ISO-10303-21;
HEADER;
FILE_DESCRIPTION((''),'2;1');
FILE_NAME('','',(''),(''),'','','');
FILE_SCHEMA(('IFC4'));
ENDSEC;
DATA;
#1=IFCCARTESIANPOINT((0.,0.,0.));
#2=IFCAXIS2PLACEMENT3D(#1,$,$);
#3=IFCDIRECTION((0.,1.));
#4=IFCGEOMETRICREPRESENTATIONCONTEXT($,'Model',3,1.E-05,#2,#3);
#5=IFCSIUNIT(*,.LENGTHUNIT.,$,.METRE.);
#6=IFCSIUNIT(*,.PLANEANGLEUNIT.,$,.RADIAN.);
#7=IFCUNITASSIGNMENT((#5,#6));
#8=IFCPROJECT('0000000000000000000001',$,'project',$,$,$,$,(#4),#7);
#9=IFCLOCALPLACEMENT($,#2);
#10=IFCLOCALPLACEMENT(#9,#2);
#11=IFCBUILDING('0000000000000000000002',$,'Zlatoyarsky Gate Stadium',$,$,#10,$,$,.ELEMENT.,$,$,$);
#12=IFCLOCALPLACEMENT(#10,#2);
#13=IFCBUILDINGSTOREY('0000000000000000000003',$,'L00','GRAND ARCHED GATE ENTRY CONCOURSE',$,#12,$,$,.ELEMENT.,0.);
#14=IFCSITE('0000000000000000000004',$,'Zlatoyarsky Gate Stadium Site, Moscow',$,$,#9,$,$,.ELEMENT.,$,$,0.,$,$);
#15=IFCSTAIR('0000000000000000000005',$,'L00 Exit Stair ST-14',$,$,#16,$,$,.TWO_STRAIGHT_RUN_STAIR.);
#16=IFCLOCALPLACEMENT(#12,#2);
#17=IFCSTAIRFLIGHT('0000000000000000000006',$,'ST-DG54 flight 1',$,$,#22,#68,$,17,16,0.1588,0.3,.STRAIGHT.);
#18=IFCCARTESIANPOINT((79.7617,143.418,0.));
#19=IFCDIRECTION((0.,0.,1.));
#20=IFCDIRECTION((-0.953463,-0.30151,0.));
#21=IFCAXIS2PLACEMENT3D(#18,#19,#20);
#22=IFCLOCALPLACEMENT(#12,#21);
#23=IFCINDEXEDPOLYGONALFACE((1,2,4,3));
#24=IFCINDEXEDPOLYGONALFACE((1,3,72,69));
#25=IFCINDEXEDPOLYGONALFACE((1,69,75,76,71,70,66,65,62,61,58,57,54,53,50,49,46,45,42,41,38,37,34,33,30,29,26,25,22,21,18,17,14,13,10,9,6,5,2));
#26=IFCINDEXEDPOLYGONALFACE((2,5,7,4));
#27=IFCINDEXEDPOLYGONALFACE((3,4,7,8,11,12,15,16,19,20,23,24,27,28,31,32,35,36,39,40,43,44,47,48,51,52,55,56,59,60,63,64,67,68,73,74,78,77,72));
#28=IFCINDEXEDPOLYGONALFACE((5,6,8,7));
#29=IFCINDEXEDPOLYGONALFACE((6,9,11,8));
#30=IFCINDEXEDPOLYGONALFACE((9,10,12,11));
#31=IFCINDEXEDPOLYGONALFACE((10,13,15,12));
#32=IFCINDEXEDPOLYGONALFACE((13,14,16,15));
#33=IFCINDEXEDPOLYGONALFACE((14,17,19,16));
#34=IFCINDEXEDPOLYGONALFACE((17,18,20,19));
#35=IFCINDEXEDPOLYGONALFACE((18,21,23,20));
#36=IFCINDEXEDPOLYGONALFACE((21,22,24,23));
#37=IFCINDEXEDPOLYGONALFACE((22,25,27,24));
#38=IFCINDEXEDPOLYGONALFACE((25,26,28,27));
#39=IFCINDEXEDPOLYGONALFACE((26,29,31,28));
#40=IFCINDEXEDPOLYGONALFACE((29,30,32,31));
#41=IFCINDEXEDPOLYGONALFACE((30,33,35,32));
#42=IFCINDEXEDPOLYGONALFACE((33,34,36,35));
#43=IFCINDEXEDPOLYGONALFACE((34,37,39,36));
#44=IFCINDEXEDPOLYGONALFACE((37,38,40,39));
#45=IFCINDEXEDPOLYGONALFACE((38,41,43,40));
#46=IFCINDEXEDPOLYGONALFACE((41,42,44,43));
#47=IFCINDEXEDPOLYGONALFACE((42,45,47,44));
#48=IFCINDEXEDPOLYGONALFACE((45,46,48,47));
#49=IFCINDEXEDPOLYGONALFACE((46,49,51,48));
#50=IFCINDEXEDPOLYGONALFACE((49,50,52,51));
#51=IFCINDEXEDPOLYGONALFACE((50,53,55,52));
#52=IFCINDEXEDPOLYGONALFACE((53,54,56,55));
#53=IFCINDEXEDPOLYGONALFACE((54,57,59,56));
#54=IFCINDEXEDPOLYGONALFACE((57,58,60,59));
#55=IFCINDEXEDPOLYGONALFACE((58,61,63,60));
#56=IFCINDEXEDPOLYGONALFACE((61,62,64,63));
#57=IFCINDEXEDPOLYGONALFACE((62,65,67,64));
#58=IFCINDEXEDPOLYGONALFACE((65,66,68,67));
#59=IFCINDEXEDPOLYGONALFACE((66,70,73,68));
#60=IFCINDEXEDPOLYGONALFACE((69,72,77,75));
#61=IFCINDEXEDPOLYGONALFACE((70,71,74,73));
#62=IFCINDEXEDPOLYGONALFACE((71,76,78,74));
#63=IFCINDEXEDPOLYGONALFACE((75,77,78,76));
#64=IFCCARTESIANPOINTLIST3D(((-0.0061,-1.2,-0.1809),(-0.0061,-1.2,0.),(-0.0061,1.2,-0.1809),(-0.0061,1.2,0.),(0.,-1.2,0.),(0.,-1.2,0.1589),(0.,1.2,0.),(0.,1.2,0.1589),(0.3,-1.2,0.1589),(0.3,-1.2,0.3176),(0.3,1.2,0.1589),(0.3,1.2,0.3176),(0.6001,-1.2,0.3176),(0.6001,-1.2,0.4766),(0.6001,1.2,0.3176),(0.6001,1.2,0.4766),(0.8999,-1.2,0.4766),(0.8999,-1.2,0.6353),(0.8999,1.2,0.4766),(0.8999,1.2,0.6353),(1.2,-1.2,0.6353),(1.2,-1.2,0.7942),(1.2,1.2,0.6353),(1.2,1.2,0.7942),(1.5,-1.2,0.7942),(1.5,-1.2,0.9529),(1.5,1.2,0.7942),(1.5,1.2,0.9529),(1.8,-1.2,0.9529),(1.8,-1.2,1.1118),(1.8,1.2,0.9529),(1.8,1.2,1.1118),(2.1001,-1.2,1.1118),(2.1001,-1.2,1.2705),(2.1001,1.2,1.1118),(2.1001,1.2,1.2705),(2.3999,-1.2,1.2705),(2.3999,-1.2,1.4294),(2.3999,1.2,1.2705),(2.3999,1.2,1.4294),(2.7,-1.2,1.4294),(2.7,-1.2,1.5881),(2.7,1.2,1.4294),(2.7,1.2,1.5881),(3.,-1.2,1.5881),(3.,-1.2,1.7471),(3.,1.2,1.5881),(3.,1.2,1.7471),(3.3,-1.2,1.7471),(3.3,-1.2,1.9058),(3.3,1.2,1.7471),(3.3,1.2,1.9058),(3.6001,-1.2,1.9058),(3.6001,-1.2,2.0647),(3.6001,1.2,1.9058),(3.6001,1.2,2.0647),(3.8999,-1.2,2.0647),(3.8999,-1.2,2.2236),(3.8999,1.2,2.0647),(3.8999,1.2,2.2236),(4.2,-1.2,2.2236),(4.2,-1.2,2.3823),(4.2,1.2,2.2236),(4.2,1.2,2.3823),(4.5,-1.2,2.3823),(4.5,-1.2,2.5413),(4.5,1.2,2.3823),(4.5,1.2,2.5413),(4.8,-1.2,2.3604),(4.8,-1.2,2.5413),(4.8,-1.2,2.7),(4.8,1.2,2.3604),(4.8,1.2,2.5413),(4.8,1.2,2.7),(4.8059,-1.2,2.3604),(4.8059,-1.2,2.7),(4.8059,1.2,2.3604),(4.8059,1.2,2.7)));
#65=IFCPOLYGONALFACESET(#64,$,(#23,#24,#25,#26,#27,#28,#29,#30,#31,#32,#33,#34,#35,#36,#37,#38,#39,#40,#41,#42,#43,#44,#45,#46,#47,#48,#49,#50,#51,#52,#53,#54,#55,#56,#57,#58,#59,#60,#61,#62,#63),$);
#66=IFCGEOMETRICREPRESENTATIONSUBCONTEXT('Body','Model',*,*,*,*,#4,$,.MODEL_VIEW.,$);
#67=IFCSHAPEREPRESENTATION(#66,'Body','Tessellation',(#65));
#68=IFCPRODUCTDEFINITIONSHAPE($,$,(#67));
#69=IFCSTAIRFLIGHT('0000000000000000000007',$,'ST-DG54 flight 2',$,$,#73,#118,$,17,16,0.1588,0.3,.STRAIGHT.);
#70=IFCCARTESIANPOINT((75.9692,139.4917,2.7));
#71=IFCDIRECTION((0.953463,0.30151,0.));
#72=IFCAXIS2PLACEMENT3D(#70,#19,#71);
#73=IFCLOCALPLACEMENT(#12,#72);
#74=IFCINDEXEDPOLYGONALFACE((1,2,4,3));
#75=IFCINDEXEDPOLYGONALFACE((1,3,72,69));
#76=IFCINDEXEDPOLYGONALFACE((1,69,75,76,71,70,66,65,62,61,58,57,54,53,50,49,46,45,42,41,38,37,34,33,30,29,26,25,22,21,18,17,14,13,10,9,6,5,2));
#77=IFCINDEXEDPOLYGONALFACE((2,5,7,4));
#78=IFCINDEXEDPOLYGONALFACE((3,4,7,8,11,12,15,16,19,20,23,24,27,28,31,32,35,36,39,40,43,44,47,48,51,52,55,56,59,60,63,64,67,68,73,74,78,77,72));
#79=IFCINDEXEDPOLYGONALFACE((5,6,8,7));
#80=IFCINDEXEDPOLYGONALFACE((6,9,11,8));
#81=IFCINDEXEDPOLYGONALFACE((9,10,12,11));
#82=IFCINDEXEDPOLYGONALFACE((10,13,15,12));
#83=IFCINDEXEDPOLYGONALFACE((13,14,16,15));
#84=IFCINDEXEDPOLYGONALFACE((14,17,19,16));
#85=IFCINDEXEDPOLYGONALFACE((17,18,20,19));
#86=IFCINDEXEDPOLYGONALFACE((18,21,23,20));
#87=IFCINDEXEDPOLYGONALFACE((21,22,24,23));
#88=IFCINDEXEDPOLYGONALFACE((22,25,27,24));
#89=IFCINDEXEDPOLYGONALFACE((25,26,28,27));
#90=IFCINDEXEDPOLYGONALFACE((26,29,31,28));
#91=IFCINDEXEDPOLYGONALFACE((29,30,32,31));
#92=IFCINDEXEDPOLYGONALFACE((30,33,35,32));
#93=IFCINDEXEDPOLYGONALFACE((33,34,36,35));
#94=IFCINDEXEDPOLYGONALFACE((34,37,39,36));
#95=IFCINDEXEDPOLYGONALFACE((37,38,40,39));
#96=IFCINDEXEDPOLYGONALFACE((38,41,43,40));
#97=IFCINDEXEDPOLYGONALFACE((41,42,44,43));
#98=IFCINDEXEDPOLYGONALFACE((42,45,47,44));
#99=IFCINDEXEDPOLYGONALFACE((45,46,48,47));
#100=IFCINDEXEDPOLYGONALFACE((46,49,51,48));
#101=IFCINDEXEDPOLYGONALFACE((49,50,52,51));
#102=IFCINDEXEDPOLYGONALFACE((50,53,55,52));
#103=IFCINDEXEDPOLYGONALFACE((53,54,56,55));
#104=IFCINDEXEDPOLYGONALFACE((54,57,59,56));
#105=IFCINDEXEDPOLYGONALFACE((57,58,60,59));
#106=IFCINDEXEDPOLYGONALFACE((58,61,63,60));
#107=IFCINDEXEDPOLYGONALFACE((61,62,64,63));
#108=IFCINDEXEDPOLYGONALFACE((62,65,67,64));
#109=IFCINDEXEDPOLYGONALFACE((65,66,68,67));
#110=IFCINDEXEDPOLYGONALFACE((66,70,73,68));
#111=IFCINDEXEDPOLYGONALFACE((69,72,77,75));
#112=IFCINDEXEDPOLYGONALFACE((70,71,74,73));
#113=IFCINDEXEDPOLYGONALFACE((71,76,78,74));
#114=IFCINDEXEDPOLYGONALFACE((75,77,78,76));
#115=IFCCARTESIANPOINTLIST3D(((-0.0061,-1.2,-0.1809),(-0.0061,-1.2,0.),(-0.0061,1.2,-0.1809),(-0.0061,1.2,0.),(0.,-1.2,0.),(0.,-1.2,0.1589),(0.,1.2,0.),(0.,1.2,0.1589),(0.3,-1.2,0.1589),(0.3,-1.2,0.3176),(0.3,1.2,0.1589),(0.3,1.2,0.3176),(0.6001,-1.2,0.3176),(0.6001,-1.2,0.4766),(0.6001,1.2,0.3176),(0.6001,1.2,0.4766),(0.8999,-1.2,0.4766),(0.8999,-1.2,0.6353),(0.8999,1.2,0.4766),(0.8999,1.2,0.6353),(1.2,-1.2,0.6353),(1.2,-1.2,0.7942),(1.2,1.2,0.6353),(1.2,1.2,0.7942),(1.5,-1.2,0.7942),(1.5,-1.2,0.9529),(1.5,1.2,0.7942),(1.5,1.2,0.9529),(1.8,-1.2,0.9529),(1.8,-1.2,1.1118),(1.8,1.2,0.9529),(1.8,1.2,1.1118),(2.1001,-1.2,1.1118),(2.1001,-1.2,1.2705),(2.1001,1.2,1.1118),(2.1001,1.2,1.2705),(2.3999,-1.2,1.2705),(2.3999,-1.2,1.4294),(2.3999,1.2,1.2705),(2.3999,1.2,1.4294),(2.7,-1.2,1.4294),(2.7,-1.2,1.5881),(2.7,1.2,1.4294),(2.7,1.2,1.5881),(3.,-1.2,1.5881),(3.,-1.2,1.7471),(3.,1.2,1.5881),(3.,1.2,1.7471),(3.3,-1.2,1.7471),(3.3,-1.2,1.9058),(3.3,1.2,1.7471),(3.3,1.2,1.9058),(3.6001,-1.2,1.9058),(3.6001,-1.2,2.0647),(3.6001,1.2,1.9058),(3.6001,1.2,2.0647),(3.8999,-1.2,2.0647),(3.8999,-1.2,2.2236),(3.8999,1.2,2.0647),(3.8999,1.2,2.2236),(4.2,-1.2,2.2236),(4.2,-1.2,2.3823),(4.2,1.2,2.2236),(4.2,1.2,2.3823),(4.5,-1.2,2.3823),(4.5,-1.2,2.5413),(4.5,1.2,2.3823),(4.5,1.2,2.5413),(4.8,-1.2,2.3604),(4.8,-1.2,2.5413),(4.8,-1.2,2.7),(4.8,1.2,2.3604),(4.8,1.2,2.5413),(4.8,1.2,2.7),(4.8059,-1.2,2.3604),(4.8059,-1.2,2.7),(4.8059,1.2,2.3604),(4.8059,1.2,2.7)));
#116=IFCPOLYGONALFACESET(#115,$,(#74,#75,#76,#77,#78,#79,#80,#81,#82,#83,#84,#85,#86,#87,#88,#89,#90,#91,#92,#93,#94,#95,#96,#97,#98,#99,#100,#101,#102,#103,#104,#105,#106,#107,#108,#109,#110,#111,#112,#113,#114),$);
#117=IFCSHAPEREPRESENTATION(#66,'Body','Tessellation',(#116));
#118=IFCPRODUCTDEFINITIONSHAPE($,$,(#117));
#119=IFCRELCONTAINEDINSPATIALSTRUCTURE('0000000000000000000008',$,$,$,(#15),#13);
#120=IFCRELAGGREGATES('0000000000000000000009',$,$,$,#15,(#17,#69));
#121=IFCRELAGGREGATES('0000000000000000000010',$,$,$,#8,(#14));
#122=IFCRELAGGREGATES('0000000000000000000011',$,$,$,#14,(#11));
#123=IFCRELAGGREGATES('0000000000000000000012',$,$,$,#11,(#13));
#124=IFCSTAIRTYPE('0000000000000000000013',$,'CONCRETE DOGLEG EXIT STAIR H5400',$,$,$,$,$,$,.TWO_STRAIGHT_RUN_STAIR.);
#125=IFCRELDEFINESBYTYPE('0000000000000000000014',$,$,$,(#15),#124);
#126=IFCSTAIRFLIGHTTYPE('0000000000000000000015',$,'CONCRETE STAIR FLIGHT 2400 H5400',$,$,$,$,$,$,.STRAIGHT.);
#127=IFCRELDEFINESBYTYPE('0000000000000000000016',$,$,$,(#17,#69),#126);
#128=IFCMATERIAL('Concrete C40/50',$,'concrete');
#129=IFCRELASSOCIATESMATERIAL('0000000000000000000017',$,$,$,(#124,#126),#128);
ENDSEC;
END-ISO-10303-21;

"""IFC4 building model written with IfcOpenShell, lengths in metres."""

from ifc_helpers import new_model, si_unit, direction, frame, origin, place, context, subcontext, project, spatial, polyline, outline, extrude, material, type_object, element, aggregate, save


model = new_model("IFC4")

# Units and contexts
model_context = context("Model", 3, precision=1e-05, world=origin(), true_north=direction((0.0, 1.0)))
body_context = subcontext(model_context, "Body", "Model", "MODEL_VIEW")
ifc_project = project(units=[si_unit("LENGTHUNIT", "METRE"), si_unit("PLANEANGLEUNIT", "RADIAN")], contexts=[model_context])

# Site, building, storey
site_placement = place(None, origin())
site = spatial("IfcSite", under=ifc_project, at=site_placement, Name="Zlatoyarsky Gate Stadium Site, Moscow", CompositionType="ELEMENT", RefElevation=0.0)
building_placement = place(site_placement, origin())
building = spatial("IfcBuilding", under=site, at=building_placement, Name="Zlatoyarsky Gate Stadium", CompositionType="ELEMENT")
storey_placement = place(building_placement, origin())
storey = spatial("IfcBuildingStorey", under=building, at=storey_placement, Name="L00", Description="GRAND ARCHED GATE ENTRY CONCOURSE", CompositionType="ELEMENT", Elevation=0.0)

# Shared definitions
ifc_material_1 = material(Name="Concrete C40/50", Category="concrete")

# Stair, stair flights
stair_type = type_object("IfcStairType", Name="CONCRETE DOGLEG EXIT STAIR H5400", PredefinedType="TWO_STRAIGHT_RUN_STAIR", material=ifc_material_1)
stair_placement = place(storey_placement, origin())
stair = element("IfcStair", 1, at=stair_placement, inside=storey, type_object=stair_type, Name="L00 Exit Stair ST-14", PredefinedType="TWO_STRAIGHT_RUN_STAIR")
stair_flight_type = type_object("IfcStairFlightType", Name="CONCRETE STAIR FLIGHT 2400 H5400", PredefinedType="STRAIGHT", material=ifc_material_1)
stair_flight_1_placement = place(storey_placement, frame((79.7617, 143.418, 0.0), z_axis=(0.0, 0.0, 1.0), x_axis=(-0.953463, -0.30151, 0.0)))
stair_flight_1 = element("IfcStairFlight", 2, at=stair_flight_1_placement, type_object=stair_flight_type, Name="ST-DG54 flight 1", NumberOfRisers=17, NumberOfTreads=16, PredefinedType="STRAIGHT", RiserHeight=0.1588, TreadLength=0.3, context=body_context, shape_type="SweptSolid", body=[
    extrude(outline(polyline([(-0.0061, -0.1809), (-0.0061, 0.0), (0.0, 0.0), (0.0, 0.1589), (0.3, 0.1589), (0.3, 0.3176), (0.6001, 0.3176), (0.6001, 0.4766), (0.8999, 0.4766), (0.8999, 0.6353), (1.2, 0.6353), (1.2, 0.7942), (1.5, 0.7942), (1.5, 0.9529), (1.8, 0.9529), (1.8, 1.1118), (2.1001, 1.1118), (2.1001, 1.2705), (2.3999, 1.2705), (2.3999, 1.4294), (2.7, 1.4294), (2.7, 1.5881), (3.0, 1.5881), (3.0, 1.7471), (3.3, 1.7471), (3.3, 1.9058), (3.6001, 1.9058), (3.6001, 2.0647), (3.8999, 2.0647), (3.8999, 2.2236), (4.2, 2.2236), (4.2, 2.3823), (4.5, 2.3823), (4.5, 2.5413), (4.8, 2.5413), (4.8, 2.7), (4.8059, 2.7), (4.8059, 2.3604), (4.8, 2.3604), (-0.0061, -0.1809)])), frame((0.0, 1.2, 0.0), z_axis=(0.0, -1.0, 0.0), x_axis=(1.0, 0.0, 0.0)), (0.0, 0.0, 1.0), 2.3999),
])
stair_flight_2_placement = place(storey_placement, frame((75.9692, 139.4917, 2.7), z_axis=(0.0, 0.0, 1.0), x_axis=(0.953463, 0.30151, 0.0)))
stair_flight_2 = element("IfcStairFlight", 3, at=stair_flight_2_placement, type_object=stair_flight_type, Name="ST-DG54 flight 2", NumberOfRisers=17, NumberOfTreads=16, PredefinedType="STRAIGHT", RiserHeight=0.1588, TreadLength=0.3, context=body_context, shape_type="SweptSolid", body=[
    extrude(outline(polyline([(-0.0061, -0.1809), (-0.0061, 0.0), (0.0, 0.0), (0.0, 0.1589), (0.3, 0.1589), (0.3, 0.3176), (0.6001, 0.3176), (0.6001, 0.4766), (0.8999, 0.4766), (0.8999, 0.6353), (1.2, 0.6353), (1.2, 0.7942), (1.5, 0.7942), (1.5, 0.9529), (1.8, 0.9529), (1.8, 1.1118), (2.1001, 1.1118), (2.1001, 1.2705), (2.3999, 1.2705), (2.3999, 1.4294), (2.7, 1.4294), (2.7, 1.5881), (3.0, 1.5881), (3.0, 1.7471), (3.3, 1.7471), (3.3, 1.9058), (3.6001, 1.9058), (3.6001, 2.0647), (3.8999, 2.0647), (3.8999, 2.2236), (4.2, 2.2236), (4.2, 2.3823), (4.5, 2.3823), (4.5, 2.5413), (4.8, 2.5413), (4.8, 2.7), (4.8059, 2.7), (4.8059, 2.3604), (4.8, 2.3604), (-0.0061, -0.1809)])), frame((0.0, 1.2, 0.0), z_axis=(0.0, -1.0, 0.0), x_axis=(1.0, 0.0, 0.0)), (0.0, 0.0, 1.0), 2.3999),
])
aggregate(stair, [stair_flight_1, stair_flight_2])

save(model, "model.ifc")
